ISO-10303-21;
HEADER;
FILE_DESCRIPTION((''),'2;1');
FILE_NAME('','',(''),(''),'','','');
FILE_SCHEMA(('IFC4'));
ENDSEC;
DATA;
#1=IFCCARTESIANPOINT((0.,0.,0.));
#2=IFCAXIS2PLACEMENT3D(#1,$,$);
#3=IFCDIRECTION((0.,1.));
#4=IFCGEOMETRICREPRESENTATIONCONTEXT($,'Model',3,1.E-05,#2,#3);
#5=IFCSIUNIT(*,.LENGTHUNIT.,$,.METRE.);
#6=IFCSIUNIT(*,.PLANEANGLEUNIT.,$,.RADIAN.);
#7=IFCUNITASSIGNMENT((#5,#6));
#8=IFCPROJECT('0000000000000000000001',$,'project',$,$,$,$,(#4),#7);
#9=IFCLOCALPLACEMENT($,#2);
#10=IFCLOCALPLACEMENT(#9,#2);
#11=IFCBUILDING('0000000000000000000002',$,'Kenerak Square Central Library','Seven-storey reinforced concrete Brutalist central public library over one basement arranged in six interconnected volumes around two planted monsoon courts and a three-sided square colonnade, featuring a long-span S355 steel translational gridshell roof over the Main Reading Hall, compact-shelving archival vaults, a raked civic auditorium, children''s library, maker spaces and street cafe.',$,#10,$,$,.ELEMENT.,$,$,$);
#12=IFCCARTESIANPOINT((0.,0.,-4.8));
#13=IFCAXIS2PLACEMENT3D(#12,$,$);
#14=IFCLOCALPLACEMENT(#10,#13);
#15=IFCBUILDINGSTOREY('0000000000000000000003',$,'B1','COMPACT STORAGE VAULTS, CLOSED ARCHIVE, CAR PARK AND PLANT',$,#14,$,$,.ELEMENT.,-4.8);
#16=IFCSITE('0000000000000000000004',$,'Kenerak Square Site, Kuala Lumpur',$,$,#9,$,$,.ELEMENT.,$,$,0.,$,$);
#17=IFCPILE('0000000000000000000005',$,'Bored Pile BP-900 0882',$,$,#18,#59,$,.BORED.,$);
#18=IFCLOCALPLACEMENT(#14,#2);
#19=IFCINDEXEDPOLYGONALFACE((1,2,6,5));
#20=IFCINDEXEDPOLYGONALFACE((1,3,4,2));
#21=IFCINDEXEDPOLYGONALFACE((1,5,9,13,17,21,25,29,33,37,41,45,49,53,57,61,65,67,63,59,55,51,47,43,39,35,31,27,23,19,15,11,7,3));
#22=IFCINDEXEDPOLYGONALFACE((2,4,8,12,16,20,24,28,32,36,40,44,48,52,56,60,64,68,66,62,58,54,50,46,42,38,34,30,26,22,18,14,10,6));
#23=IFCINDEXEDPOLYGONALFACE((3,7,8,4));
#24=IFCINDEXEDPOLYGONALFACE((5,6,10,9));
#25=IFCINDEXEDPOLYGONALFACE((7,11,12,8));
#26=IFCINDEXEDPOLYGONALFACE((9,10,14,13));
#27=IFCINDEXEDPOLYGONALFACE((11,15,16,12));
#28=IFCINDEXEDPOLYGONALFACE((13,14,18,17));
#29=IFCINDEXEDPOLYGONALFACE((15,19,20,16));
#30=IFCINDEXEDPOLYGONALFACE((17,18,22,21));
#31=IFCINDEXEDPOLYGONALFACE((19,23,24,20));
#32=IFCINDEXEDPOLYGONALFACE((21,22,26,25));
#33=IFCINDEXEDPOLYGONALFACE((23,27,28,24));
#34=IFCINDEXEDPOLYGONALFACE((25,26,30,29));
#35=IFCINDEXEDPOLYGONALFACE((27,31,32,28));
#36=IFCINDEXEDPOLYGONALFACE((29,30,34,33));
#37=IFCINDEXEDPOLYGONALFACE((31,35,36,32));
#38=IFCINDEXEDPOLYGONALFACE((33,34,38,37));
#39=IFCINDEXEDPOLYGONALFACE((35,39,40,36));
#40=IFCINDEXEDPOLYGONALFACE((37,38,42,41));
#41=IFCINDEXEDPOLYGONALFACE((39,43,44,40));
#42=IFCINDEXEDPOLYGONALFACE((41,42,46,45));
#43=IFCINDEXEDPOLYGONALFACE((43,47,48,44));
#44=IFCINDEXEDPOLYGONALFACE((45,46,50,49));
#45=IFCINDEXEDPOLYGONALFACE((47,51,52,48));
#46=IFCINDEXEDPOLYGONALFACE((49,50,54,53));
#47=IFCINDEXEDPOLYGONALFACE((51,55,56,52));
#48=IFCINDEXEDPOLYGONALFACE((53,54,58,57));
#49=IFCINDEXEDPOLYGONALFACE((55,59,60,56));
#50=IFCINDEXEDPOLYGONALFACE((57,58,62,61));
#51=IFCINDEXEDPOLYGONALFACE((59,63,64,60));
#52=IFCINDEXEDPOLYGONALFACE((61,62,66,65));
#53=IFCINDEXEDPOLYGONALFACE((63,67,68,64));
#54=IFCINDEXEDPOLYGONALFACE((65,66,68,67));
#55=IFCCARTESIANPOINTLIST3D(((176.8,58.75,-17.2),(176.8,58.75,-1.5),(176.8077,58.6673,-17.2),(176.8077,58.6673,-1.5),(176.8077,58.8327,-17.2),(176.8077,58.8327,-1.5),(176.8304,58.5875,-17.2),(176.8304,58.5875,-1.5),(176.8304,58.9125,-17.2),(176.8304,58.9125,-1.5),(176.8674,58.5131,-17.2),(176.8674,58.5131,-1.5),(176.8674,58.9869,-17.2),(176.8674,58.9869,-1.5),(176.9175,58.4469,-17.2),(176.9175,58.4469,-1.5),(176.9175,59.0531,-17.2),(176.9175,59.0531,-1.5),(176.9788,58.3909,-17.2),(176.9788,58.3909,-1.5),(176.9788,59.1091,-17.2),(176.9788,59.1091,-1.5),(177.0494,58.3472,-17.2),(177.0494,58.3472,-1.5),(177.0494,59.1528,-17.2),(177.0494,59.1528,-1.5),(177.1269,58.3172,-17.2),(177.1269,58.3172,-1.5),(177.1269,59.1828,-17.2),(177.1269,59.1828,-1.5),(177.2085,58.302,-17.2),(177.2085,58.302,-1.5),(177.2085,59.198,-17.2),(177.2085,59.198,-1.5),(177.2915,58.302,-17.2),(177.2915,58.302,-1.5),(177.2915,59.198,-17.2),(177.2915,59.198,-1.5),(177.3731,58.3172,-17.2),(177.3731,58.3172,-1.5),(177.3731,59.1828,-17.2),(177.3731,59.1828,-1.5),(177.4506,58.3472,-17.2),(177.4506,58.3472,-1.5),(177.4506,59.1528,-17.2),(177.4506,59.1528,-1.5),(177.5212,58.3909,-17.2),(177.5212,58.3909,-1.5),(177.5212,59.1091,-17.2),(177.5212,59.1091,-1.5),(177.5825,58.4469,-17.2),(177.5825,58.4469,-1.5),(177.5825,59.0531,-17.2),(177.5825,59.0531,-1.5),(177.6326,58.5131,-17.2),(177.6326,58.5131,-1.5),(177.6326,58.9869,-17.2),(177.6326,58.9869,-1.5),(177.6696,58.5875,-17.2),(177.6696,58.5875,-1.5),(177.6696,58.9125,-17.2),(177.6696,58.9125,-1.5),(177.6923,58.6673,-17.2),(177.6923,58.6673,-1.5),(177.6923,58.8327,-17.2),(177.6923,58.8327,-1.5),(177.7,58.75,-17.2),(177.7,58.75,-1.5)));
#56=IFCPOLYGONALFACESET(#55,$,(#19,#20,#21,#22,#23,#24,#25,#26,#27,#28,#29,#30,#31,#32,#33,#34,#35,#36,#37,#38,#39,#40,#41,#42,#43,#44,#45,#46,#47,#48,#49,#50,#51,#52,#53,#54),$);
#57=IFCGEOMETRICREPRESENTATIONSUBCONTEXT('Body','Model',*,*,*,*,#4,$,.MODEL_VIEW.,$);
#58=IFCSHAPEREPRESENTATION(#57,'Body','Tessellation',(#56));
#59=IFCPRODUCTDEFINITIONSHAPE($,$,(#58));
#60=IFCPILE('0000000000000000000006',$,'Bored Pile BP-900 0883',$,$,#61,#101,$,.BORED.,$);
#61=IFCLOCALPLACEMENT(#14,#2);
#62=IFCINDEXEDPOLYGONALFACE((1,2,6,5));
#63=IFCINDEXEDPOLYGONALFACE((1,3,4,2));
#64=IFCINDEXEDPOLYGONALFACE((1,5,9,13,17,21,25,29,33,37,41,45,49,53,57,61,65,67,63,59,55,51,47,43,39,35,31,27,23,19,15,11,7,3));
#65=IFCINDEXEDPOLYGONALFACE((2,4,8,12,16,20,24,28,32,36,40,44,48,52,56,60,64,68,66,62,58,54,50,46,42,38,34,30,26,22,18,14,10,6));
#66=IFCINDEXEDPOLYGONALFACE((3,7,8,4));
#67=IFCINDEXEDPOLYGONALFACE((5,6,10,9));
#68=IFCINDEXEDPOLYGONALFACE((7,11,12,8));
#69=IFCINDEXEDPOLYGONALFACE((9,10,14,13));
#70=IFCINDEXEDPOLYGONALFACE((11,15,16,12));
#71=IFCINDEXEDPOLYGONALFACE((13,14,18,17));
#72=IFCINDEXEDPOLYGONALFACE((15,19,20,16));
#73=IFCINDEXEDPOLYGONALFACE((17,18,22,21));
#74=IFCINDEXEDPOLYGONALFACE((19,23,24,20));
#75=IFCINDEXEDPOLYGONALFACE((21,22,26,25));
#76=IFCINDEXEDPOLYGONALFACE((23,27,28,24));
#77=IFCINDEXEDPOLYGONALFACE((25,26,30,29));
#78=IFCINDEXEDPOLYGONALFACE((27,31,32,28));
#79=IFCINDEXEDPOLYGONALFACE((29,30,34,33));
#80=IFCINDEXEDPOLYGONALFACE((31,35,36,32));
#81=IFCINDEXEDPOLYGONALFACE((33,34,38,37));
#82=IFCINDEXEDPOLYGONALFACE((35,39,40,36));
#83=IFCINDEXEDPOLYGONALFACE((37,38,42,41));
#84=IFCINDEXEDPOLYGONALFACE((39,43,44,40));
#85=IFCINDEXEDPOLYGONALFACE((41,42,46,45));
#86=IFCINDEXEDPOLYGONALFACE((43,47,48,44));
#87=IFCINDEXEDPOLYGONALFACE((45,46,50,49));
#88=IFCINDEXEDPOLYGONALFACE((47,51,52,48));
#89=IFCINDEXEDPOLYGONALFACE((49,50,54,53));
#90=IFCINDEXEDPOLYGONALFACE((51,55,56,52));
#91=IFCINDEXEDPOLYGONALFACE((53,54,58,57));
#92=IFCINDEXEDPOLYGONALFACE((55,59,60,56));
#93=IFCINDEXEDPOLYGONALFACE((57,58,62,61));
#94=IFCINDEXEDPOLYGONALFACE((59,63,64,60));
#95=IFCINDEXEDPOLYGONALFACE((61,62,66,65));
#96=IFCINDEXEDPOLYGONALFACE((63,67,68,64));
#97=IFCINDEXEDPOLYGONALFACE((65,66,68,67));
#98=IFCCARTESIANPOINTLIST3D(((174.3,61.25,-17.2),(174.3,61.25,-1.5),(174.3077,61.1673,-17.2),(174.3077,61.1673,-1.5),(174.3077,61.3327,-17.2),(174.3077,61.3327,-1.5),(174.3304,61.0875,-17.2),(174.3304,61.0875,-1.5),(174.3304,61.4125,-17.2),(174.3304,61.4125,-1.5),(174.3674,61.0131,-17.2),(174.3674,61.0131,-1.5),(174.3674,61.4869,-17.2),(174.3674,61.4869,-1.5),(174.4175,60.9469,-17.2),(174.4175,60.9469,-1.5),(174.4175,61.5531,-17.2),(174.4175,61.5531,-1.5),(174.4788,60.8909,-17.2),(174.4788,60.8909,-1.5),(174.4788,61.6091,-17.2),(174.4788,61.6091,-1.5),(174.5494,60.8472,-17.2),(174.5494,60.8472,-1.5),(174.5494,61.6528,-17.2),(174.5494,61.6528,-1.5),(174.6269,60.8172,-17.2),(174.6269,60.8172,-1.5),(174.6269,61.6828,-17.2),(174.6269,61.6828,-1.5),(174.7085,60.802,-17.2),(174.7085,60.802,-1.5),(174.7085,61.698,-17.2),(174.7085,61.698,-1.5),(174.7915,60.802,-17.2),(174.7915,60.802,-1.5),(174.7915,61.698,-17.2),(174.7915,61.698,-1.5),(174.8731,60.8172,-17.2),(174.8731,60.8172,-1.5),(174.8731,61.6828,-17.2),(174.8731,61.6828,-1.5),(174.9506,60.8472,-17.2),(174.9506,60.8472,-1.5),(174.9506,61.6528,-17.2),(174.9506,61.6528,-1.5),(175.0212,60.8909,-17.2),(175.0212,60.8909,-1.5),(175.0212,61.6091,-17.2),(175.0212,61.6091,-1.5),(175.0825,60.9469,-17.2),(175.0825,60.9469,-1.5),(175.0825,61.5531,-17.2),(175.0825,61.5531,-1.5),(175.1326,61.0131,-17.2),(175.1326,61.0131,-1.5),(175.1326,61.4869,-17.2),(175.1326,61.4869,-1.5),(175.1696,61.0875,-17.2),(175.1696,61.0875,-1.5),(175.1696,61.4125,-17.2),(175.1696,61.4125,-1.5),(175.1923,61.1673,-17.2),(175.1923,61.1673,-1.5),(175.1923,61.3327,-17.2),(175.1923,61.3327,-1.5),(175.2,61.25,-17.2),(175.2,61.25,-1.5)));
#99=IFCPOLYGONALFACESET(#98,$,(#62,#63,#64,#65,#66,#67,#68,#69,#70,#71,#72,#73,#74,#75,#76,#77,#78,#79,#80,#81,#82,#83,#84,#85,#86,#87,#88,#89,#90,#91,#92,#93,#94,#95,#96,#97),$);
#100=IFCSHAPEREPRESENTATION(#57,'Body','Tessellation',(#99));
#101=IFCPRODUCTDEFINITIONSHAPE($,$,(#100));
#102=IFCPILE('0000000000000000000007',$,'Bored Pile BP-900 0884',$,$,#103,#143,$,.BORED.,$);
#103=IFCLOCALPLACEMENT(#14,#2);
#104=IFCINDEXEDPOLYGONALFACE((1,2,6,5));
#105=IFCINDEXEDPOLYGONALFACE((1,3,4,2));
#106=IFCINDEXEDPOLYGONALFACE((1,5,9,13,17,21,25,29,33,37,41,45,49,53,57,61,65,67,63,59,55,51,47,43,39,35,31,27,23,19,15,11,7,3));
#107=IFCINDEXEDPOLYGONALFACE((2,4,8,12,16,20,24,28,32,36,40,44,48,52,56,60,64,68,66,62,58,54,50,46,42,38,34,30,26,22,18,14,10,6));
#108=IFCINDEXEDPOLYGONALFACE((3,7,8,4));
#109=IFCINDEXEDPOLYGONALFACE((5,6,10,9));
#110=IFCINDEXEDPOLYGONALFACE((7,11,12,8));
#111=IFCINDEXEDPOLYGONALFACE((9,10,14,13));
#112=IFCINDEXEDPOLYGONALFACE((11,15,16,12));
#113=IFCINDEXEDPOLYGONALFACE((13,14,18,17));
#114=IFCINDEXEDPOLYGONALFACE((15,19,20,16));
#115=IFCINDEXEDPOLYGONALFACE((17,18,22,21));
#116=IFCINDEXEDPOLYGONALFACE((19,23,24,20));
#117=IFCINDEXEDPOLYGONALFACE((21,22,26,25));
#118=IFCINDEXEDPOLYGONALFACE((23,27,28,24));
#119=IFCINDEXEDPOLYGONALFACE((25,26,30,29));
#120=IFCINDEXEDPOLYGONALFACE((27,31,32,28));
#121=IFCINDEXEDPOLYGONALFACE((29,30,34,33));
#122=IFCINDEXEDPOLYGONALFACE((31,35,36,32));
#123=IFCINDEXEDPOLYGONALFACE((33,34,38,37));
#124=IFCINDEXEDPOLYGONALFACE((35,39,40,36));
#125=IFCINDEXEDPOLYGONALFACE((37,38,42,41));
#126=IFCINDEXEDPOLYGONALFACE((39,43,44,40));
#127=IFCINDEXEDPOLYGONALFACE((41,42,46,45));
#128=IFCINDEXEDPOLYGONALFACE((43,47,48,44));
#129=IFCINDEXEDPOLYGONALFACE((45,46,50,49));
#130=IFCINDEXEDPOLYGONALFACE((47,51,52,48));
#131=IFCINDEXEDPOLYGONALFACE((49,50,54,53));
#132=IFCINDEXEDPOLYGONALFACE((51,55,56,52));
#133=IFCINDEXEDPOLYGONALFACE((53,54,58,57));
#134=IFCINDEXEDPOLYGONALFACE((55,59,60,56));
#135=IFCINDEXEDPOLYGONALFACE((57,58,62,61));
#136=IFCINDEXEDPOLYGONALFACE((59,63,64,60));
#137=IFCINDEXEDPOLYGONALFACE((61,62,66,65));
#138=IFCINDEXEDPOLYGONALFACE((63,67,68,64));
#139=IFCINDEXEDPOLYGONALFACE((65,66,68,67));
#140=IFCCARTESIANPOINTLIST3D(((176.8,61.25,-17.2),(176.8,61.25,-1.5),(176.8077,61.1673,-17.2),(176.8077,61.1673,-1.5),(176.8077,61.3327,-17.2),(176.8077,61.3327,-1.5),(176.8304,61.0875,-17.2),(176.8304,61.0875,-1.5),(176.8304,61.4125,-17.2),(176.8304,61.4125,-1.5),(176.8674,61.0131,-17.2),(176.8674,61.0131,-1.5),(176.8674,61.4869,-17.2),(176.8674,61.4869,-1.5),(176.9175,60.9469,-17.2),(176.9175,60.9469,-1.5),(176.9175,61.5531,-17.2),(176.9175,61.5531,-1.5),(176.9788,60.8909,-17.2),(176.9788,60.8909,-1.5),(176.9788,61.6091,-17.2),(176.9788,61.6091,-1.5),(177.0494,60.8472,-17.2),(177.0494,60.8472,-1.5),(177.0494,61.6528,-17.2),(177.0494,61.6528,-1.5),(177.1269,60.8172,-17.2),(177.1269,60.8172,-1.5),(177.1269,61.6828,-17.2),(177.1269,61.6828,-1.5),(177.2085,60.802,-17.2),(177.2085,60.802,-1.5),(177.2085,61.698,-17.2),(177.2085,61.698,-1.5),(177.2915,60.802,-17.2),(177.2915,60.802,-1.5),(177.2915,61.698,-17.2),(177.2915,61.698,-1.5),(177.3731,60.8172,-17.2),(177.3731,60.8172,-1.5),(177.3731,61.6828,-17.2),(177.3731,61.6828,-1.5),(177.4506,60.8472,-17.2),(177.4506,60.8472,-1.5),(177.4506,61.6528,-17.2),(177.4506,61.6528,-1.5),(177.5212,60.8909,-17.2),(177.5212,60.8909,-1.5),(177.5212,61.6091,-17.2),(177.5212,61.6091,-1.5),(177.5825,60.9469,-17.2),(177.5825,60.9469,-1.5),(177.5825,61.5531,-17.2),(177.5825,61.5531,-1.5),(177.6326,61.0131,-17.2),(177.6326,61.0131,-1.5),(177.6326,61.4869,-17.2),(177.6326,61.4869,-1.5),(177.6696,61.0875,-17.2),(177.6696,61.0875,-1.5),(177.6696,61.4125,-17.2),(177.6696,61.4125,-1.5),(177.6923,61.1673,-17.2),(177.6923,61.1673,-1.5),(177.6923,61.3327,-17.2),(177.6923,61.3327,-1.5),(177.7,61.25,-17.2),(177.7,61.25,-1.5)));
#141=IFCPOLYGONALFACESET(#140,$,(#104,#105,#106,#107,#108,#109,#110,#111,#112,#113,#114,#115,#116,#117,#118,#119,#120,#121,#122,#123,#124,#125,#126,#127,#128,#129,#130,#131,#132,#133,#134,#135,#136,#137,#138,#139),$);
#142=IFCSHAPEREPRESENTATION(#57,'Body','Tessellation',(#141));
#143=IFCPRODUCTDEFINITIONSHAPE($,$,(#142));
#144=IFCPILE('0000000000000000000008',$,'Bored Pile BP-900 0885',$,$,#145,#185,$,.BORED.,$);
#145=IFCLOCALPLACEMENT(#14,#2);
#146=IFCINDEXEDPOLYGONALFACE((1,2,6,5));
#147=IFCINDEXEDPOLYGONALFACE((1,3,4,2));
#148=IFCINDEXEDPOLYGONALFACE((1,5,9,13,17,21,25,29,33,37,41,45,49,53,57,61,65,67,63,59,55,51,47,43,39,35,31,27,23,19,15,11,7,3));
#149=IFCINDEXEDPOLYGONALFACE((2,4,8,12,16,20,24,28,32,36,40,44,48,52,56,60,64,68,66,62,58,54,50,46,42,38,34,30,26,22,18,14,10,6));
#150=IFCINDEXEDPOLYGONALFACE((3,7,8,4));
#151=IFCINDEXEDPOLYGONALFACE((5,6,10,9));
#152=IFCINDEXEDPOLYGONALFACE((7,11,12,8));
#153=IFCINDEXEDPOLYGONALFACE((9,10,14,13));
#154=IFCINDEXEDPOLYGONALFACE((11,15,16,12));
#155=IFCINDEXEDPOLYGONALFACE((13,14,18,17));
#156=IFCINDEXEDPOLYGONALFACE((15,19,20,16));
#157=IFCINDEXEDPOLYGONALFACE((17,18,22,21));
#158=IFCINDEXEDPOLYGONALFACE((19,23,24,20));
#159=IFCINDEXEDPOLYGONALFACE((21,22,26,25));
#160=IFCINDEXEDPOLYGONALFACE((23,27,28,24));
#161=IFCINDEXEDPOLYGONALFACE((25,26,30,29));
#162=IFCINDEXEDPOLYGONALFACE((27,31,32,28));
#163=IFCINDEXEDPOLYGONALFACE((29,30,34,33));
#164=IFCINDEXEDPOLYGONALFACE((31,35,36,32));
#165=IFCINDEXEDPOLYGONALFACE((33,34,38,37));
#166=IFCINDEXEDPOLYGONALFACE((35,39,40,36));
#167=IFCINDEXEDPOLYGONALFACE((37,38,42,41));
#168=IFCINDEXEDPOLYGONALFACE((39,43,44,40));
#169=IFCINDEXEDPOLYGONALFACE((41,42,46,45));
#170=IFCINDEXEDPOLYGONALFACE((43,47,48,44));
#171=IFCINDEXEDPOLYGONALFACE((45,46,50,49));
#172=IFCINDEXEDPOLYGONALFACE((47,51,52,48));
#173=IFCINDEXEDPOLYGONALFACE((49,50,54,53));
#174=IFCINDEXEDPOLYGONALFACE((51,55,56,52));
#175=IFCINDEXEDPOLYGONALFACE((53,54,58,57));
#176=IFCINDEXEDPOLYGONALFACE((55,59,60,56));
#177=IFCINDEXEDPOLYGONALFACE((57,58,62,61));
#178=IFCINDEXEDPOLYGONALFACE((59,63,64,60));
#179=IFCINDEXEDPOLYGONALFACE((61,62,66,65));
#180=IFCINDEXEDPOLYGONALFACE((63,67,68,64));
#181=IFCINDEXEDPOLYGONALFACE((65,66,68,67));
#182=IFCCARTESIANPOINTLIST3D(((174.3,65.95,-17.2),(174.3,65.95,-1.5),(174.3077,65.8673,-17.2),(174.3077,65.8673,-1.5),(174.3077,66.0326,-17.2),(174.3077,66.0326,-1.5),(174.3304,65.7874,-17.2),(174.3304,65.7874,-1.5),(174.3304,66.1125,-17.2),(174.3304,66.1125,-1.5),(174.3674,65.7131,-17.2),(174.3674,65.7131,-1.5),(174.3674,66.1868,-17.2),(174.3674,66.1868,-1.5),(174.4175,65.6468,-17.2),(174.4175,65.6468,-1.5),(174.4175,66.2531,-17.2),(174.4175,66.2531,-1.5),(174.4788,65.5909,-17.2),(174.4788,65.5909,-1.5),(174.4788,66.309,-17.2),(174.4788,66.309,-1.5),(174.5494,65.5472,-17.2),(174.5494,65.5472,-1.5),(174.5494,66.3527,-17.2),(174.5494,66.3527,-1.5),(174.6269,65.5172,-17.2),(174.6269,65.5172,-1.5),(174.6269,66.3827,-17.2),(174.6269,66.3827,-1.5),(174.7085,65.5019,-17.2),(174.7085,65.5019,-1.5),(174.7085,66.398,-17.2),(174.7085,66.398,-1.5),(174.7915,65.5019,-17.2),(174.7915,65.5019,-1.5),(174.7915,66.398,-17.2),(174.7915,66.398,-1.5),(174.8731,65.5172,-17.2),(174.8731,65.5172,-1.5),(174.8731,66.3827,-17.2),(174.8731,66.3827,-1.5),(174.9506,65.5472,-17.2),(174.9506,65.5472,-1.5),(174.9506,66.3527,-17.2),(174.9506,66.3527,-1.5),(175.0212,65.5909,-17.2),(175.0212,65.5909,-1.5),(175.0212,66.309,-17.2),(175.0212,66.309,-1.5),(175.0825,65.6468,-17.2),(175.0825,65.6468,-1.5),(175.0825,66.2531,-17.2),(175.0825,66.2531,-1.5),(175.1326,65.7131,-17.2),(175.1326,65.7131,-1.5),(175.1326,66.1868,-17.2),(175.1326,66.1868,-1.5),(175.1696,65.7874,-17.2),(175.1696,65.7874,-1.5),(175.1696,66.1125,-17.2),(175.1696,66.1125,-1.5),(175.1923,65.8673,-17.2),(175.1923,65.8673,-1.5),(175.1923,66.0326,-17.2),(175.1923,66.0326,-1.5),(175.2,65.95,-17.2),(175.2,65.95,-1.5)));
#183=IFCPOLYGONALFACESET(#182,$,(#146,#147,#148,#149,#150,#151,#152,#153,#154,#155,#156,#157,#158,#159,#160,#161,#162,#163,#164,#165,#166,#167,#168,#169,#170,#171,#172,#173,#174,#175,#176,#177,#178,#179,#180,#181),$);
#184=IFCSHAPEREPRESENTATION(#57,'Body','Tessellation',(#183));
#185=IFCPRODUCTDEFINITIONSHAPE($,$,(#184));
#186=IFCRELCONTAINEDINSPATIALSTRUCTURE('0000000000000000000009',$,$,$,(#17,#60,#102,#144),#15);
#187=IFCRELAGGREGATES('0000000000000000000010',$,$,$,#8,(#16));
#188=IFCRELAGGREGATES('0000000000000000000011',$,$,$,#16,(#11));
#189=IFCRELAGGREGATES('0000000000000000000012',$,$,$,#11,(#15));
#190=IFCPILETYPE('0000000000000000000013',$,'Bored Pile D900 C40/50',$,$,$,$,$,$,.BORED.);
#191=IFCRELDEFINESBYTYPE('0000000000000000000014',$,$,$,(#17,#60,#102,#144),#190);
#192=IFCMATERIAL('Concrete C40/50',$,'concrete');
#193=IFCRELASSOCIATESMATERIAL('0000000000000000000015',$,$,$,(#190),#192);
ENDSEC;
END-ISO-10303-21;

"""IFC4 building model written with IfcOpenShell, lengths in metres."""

from ifc_helpers import new_model, si_unit, direction, frame, origin, origin_2d, place, context, subcontext, project, spatial, circle, extrude, material, material_profile, profile_set, type_object, element, save


model = new_model("IFC4")

# Units and contexts
model_context = context("Model", 3, precision=1e-05, world=origin(), true_north=direction((0.0, 1.0)))
body_context = subcontext(model_context, "Body", "Model", "MODEL_VIEW")
ifc_project = project(units=[si_unit("LENGTHUNIT", "METRE"), si_unit("PLANEANGLEUNIT", "RADIAN")], contexts=[model_context])

# Site, building, storey
site_placement = place(None, origin())
site = spatial("IfcSite", under=ifc_project, at=site_placement, Name="Kenerak Square Site, Kuala Lumpur", CompositionType="ELEMENT", RefElevation=0.0)
building_placement = place(site_placement, origin())
building = spatial("IfcBuilding", under=site, at=building_placement, Name="Kenerak Square Central Library", Description="Seven-storey reinforced concrete Brutalist central public library over one basement arranged in six interconnected volumes around two planted monsoon courts and a three-sided square colonnade, featuring a long-span S355 steel translational gridshell roof over the Main Reading Hall, compact-shelving archival vaults, a raked civic auditorium, children's library, maker spaces and street cafe.", CompositionType="ELEMENT")
storey_placement = place(building_placement, frame((0.0, 0.0, -4.8)))
storey = spatial("IfcBuildingStorey", under=building, at=storey_placement, Name="B1", Description="COMPACT STORAGE VAULTS, CLOSED ARCHIVE, CAR PARK AND PLANT", CompositionType="ELEMENT", Elevation=-4.8)

# Piles
ifc_material_1 = material(Name="Concrete C40/50", Category="concrete")
ifc_material_profile_1 = material_profile(ifc_material_1, circle(Radius=0.45, at=origin_2d()), Name="BP D900")
ifc_profile_set_1 = profile_set([ifc_material_profile_1], Name="Concrete C40/50")
pile_type = type_object("IfcPileType", Name="Bored Pile D900 C40/50", PredefinedType="BORED", material=ifc_profile_set_1)
for number, where, z_axis, x_axis, name in (
    (1, (177.25, 58.75, -1.5), (0.0, 0.0, -1.0), (1.0, 0.0, 0.0), "Bored Pile BP-900 0882"),
    (2, (174.75, 61.25, -1.5), (0.0, 0.0, -1.0), (1.0, 0.0, 0.0), "Bored Pile BP-900 0883"),
    (3, (177.25, 61.25, -1.5), (0.0, 0.0, -1.0), (1.0, 0.0, 0.0), "Bored Pile BP-900 0884"),
    (4, (174.75, 65.95, -1.5), (0.0, 0.0, -1.0), (1.0, 0.0, 0.0), "Bored Pile BP-900 0885"),
):
    element("IfcPile", number, at=place(storey_placement, frame(where, z_axis=z_axis, x_axis=x_axis)), inside=storey, type_object=pile_type, Name=name, PredefinedType="BORED", context=body_context, shape_type="SweptSolid", body=[
        extrude(circle(Radius=0.45, at=origin_2d()), origin(), (0.0, 0.0, 1.0), 15.7),
    ])

save(model, "model.ifc")
